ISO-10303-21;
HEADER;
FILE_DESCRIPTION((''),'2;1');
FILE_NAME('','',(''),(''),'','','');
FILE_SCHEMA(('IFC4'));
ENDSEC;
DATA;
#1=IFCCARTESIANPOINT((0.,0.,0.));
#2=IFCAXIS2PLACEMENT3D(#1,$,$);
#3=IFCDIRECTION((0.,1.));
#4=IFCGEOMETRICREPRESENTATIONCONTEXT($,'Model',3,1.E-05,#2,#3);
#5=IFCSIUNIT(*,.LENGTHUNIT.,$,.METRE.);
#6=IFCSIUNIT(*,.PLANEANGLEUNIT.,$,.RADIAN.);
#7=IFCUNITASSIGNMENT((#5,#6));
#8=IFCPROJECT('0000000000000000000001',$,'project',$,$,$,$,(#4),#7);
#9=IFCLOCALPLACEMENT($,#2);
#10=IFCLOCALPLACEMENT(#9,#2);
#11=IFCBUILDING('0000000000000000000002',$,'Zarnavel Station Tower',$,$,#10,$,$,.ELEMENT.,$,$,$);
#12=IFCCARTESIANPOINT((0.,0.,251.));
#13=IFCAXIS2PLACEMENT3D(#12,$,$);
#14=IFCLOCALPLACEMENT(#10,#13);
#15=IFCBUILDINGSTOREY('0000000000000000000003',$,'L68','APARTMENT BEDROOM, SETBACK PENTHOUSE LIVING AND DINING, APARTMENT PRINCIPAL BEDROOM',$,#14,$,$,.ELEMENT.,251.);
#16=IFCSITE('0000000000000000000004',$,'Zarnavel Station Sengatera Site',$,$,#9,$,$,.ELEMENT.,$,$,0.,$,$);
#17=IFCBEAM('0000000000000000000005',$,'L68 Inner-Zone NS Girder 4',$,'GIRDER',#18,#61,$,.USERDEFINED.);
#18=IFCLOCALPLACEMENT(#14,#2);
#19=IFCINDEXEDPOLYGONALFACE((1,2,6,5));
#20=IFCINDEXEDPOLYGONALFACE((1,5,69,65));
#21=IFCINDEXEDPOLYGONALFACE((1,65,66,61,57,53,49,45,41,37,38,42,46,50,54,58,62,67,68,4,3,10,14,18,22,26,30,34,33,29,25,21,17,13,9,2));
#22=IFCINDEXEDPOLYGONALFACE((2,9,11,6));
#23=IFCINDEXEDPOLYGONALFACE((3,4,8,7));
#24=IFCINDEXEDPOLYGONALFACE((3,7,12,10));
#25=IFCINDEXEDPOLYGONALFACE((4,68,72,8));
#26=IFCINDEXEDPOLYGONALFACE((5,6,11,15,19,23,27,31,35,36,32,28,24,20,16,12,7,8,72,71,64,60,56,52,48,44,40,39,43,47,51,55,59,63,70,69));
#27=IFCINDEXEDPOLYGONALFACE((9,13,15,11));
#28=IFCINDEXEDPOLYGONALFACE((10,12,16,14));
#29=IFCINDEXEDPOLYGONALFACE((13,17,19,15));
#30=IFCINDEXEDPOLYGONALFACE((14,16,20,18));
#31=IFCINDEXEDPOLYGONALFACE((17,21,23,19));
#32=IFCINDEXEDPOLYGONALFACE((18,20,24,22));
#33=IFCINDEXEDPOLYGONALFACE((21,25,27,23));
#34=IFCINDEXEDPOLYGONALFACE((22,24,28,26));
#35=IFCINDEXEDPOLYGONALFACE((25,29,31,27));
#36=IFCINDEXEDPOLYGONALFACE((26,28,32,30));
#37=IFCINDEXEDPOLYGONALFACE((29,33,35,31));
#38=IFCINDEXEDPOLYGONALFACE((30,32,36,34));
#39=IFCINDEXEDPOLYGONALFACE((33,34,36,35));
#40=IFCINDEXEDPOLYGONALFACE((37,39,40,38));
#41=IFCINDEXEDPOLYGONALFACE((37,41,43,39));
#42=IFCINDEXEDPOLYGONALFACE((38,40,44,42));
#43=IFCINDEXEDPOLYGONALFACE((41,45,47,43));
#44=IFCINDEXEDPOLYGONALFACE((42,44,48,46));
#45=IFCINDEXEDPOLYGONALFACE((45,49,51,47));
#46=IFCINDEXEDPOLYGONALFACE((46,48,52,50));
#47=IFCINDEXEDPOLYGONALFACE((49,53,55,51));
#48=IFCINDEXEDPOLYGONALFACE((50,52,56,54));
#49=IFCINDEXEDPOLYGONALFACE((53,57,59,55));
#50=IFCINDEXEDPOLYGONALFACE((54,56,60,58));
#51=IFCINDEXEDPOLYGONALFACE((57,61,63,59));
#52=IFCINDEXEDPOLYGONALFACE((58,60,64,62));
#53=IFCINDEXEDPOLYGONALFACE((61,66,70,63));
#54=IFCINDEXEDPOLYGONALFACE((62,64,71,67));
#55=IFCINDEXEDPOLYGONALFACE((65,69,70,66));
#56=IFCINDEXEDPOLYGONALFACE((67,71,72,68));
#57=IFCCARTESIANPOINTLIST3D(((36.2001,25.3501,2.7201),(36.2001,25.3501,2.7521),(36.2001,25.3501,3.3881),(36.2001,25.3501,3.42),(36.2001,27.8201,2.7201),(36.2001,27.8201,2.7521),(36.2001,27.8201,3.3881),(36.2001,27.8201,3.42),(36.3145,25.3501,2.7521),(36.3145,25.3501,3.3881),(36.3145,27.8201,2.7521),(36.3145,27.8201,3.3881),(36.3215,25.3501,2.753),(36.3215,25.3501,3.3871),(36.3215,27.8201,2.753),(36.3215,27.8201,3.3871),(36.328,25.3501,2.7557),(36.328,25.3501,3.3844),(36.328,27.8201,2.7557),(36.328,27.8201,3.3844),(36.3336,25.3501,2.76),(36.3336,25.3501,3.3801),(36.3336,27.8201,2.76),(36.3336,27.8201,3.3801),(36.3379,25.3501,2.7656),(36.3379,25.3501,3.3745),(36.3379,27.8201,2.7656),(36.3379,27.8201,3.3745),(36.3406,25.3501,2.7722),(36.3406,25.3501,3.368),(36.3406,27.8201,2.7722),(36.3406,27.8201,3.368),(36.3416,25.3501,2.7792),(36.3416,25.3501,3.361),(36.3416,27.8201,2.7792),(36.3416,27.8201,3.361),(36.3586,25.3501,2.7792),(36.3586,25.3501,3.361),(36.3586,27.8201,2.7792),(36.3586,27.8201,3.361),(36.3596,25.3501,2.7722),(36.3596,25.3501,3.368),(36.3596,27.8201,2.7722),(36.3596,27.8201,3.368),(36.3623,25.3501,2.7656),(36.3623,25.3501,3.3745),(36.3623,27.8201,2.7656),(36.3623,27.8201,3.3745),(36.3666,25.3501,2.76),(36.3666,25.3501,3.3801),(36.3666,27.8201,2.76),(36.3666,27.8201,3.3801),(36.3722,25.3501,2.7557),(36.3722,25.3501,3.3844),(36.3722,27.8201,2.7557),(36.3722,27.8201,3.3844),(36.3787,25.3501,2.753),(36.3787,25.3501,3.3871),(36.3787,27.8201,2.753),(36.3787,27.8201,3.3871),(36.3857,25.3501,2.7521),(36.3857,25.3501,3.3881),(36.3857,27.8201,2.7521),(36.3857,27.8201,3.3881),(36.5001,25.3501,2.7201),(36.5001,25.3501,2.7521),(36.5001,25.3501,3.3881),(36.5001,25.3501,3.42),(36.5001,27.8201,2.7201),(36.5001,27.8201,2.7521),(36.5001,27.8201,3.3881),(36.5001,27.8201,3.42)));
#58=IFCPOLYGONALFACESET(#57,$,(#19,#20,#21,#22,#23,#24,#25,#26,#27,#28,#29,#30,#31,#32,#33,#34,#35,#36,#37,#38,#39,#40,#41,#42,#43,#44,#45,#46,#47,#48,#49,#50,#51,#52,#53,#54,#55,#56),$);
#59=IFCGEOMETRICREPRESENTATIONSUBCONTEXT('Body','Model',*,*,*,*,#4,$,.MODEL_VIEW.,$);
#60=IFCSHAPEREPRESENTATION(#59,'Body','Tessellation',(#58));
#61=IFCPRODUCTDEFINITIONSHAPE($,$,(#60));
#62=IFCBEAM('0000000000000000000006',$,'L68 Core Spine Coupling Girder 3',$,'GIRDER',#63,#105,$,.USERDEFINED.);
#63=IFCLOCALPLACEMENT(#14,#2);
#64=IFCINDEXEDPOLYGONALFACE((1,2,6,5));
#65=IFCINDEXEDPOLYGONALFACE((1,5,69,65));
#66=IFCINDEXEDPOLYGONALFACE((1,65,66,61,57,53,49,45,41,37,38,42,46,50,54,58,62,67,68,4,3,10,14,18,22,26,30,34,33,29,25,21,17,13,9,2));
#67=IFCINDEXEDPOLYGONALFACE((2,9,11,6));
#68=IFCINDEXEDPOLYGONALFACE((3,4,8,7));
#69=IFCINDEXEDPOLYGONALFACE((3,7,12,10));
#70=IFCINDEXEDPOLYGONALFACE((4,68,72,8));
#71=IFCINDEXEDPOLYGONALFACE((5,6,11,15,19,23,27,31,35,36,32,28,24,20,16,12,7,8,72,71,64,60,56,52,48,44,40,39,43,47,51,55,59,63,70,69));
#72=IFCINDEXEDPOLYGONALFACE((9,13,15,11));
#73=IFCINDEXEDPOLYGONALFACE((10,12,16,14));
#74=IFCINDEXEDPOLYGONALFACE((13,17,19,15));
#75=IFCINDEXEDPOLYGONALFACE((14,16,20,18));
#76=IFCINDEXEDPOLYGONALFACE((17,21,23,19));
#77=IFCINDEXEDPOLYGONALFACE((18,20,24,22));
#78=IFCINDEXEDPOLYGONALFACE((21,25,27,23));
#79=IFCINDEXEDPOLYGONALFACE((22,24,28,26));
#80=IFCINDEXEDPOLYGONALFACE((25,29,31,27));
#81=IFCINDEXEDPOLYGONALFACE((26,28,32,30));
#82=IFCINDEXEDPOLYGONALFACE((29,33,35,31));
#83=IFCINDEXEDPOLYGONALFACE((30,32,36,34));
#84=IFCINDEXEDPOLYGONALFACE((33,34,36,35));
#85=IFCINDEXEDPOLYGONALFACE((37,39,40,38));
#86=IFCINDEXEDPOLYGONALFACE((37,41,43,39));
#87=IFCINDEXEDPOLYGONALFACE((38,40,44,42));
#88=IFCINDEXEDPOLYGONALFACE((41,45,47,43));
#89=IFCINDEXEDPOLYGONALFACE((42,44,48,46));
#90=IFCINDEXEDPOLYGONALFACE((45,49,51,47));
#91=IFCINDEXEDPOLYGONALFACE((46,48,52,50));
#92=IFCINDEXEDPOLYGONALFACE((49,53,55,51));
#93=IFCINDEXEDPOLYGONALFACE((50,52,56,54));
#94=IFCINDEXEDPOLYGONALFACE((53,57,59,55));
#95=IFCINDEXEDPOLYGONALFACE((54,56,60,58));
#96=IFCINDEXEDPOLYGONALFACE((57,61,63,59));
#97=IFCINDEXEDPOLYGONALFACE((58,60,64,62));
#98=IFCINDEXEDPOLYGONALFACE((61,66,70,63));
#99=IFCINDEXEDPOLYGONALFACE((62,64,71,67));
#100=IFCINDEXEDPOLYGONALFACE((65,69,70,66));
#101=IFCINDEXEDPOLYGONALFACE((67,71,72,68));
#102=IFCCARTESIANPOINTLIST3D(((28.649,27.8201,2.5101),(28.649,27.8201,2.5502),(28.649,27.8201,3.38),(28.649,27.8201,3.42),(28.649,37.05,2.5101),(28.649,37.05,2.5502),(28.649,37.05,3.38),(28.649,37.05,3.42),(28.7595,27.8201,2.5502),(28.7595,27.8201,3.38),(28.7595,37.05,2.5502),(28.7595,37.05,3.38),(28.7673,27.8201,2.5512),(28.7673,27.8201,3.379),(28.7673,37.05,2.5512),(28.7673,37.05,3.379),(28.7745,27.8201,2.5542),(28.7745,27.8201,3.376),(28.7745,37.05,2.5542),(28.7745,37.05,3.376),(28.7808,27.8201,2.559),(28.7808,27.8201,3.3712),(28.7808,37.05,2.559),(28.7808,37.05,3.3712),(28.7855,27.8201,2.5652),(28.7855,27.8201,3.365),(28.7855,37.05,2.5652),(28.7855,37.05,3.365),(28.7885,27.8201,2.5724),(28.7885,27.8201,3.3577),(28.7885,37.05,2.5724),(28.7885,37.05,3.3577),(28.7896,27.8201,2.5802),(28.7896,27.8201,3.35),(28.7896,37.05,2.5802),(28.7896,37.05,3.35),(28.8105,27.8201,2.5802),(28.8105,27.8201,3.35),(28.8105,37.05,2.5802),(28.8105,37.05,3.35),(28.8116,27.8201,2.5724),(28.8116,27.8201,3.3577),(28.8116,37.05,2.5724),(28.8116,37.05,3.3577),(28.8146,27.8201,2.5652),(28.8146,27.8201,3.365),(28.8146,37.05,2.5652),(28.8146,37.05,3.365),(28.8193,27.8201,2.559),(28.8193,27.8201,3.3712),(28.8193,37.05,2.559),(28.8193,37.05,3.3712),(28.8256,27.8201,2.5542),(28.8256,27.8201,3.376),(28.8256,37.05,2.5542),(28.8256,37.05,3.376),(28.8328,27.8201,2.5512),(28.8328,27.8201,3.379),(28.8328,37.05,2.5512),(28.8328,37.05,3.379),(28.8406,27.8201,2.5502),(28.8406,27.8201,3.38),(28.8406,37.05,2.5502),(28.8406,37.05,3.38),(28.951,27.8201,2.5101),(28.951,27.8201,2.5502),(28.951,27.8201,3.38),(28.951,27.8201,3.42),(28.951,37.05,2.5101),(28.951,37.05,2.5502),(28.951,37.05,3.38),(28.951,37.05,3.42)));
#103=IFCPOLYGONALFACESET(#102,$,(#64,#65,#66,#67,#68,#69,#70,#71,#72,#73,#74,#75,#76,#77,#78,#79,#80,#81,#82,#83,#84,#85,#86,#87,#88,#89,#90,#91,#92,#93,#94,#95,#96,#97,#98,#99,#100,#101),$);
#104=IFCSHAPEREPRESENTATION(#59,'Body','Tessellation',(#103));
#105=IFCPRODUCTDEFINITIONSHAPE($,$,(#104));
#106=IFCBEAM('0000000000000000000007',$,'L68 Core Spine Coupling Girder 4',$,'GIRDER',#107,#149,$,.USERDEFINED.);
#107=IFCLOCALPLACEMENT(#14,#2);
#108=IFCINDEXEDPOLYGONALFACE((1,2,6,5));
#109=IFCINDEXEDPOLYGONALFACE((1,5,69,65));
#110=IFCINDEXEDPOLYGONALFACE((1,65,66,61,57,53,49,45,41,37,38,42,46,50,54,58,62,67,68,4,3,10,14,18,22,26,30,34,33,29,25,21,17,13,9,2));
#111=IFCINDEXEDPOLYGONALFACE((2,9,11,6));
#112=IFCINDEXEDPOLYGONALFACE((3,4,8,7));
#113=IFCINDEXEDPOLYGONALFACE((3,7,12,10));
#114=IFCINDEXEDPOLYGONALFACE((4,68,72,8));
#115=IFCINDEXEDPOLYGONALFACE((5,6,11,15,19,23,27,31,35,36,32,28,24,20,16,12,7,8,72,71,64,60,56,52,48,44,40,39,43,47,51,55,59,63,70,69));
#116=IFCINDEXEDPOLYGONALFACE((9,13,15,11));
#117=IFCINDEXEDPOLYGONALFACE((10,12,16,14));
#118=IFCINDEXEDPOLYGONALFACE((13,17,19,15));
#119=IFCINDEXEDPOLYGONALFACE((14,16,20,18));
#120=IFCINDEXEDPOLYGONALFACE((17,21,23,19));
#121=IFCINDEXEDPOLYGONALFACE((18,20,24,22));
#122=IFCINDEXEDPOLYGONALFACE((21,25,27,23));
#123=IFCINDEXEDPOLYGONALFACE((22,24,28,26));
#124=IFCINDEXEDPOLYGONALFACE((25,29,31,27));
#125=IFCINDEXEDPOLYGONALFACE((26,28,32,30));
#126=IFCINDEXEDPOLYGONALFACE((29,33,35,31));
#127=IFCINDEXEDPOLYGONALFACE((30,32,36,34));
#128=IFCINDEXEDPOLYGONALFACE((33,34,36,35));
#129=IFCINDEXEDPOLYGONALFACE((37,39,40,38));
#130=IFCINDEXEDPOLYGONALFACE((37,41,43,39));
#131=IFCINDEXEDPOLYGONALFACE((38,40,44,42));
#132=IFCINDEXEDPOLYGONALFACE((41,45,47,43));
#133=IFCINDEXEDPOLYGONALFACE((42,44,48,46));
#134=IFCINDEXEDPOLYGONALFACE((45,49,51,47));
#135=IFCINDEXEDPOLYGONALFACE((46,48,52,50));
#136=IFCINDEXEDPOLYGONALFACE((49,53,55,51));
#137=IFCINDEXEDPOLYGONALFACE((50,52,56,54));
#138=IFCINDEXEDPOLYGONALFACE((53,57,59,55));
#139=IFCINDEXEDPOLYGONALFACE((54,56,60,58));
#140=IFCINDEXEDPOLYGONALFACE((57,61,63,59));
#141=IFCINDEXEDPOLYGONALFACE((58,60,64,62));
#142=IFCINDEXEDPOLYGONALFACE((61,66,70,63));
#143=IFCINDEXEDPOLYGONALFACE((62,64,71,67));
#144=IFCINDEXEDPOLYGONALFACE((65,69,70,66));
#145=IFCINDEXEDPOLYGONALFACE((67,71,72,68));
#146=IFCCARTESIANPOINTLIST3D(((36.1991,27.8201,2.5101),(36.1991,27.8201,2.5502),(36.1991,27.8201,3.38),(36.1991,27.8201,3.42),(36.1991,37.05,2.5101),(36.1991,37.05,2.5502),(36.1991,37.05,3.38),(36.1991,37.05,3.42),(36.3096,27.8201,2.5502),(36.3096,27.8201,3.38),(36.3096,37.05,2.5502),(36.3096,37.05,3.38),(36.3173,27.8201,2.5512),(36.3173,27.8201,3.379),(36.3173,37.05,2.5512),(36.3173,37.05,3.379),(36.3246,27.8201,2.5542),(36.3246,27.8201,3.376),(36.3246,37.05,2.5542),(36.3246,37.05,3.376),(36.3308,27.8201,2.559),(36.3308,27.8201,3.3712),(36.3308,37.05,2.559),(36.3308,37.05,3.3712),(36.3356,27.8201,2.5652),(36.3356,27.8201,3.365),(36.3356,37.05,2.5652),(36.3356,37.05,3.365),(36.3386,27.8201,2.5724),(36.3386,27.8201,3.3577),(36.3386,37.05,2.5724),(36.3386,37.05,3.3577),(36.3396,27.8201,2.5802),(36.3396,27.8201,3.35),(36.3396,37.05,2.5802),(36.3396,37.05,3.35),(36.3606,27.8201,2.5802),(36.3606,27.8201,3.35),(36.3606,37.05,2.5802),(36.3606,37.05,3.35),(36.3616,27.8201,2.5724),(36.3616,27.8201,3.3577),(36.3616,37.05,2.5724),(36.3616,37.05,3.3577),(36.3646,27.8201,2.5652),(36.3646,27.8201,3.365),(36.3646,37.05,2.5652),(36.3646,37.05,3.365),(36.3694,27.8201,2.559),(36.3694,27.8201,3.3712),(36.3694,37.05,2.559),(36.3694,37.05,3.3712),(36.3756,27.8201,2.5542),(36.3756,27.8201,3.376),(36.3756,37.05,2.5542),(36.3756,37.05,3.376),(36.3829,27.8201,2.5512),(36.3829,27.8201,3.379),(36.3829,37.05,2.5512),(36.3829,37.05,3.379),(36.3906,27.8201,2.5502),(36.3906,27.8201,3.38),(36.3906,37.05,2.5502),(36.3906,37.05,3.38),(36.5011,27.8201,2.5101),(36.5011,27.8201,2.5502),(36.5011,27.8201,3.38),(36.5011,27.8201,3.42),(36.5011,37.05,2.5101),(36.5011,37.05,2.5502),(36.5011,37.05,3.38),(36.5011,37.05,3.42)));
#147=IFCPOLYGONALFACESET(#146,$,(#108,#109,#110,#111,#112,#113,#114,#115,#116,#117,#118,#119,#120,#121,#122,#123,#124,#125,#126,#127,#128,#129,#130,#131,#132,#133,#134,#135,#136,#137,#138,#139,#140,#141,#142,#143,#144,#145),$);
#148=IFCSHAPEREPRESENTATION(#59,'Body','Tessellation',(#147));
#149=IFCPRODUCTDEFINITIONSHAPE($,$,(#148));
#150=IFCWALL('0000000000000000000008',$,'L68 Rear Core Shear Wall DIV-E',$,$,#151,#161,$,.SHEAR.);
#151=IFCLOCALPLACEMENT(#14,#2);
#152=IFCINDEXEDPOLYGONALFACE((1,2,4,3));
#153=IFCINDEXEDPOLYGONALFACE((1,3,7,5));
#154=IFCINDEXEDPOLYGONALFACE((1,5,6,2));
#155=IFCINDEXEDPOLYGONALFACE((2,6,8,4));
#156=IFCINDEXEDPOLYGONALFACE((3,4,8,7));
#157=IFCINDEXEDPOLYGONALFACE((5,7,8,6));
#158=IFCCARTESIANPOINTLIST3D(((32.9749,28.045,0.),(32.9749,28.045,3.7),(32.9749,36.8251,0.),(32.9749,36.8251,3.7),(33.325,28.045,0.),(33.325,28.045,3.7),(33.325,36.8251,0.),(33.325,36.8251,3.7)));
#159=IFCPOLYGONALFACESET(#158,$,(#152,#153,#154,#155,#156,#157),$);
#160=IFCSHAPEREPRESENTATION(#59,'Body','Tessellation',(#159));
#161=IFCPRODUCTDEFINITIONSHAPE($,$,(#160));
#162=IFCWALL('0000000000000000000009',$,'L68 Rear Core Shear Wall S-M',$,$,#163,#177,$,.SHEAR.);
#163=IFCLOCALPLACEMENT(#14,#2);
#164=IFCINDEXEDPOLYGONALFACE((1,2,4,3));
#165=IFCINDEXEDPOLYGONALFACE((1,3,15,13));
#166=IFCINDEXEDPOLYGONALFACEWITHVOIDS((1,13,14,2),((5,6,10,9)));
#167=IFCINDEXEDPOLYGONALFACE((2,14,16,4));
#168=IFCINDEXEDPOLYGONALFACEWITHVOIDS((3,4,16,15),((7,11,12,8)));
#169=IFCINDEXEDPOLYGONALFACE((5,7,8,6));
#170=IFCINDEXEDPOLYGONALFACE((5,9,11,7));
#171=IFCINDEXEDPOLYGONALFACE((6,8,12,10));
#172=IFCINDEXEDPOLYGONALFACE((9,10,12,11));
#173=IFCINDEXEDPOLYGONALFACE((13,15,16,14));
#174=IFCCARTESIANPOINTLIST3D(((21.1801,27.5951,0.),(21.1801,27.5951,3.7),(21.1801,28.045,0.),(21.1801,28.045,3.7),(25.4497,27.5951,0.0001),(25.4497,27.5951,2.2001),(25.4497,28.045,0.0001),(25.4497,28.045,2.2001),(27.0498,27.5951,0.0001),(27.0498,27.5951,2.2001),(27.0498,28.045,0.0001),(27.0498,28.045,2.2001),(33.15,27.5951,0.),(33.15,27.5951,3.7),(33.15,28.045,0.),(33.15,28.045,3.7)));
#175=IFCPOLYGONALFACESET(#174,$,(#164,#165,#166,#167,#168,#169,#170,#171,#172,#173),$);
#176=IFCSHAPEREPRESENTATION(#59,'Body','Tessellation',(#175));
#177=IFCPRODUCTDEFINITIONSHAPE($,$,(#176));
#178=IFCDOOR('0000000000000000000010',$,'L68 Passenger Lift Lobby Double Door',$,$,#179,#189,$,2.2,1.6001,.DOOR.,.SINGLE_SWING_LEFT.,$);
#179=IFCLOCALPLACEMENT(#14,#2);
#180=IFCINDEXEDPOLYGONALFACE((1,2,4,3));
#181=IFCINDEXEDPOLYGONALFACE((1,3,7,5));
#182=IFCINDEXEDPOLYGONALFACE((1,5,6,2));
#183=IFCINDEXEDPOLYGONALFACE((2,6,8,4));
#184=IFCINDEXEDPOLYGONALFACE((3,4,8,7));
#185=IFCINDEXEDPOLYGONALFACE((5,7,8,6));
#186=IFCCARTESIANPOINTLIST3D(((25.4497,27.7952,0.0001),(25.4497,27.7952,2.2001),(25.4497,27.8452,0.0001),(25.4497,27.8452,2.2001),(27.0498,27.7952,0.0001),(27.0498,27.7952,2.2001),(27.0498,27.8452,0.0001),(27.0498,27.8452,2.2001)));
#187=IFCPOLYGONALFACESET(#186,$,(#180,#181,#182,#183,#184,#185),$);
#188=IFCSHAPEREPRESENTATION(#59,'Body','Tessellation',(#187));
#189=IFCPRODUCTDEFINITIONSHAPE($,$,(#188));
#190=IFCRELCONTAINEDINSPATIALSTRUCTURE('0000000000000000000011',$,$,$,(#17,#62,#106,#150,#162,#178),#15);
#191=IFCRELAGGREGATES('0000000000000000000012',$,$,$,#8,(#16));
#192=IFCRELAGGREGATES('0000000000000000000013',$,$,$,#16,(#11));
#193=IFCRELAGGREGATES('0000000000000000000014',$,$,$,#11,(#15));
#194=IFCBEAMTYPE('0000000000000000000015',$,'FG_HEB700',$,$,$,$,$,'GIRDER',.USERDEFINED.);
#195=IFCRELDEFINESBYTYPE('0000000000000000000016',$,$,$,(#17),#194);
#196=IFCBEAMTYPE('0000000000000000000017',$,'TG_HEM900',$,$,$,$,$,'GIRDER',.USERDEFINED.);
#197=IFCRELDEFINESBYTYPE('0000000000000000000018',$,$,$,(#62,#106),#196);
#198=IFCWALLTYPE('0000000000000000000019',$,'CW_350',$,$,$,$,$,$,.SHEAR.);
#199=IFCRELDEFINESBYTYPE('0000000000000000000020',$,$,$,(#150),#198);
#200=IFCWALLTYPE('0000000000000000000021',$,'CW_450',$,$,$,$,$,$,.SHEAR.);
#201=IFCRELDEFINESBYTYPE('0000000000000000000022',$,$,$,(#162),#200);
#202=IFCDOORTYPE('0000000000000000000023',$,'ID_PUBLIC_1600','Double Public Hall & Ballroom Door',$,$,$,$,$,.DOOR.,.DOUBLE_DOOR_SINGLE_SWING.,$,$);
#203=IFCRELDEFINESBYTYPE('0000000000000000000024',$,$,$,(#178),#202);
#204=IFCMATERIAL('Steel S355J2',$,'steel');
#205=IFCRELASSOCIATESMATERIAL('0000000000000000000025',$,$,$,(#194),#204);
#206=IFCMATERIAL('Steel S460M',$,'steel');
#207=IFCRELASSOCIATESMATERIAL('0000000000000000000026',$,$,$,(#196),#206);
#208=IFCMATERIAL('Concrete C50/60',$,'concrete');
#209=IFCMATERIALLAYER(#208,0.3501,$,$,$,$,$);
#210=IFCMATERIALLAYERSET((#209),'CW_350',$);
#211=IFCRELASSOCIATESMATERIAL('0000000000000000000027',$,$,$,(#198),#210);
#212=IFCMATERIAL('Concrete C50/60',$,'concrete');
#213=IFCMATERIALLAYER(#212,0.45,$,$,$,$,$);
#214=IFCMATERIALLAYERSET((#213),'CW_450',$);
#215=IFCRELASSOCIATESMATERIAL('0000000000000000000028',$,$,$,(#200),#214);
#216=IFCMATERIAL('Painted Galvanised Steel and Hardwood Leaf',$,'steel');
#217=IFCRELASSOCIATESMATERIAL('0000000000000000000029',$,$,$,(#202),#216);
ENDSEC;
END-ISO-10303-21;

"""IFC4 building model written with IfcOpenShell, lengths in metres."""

from ifc_helpers import new_model, si_unit, direction, frame, frame_2d, origin, origin_2d, place, context, subcontext, project, spatial, rectangle, i_section, extrude, material, layer, layer_set, material_profile, profile_set, type_object, element, fill, save


model = new_model("IFC4")

# Units and contexts
model_context = context("Model", 3, precision=1e-05, world=origin(), true_north=direction((0.0, 1.0)))
body_context = subcontext(model_context, "Body", "Model", "MODEL_VIEW")
ifc_project = project(units=[si_unit("LENGTHUNIT", "METRE"), si_unit("PLANEANGLEUNIT", "RADIAN")], contexts=[model_context])

# Site, building, storey
site_placement = place(None, origin())
site = spatial("IfcSite", under=ifc_project, at=site_placement, Name="Zarnavel Station Sengatera Site", CompositionType="ELEMENT", RefElevation=0.0)
building_placement = place(site_placement, origin())
building = spatial("IfcBuilding", under=site, at=building_placement, Name="Zarnavel Station Tower", CompositionType="ELEMENT")
storey_placement = place(building_placement, frame((0.0, 0.0, 251.0)))
storey = spatial("IfcBuildingStorey", under=building, at=storey_placement, Name="L68", Description="APARTMENT BEDROOM, SETBACK PENTHOUSE LIVING AND DINING, APARTMENT PRINCIPAL BEDROOM", CompositionType="ELEMENT", Elevation=251.0)

# Beams
ifc_material_1 = material(Name="Steel S355J2", Category="steel")
ifc_material_profile_1 = material_profile(ifc_material_1, i_section(OverallWidth=0.3, OverallDepth=0.7, WebThickness=0.0171, FlangeThickness=0.032, FilletRadius=0.0271, at=origin_2d()), Name="HEB700")
ifc_profile_set_1 = profile_set([ifc_material_profile_1], Name="Steel S355J2")
beam_type_1 = type_object("IfcBeamType", Name="FG_HEB700", ElementType="GIRDER", PredefinedType="USERDEFINED", material=ifc_profile_set_1)
beam_1_placement = place(storey_placement, frame((36.3501, 25.3501, 3.0701), z_axis=(0.0, 1.0, 0.0), x_axis=(-1.0, 0.0, 0.0)))
element("IfcBeam", 1, at=beam_1_placement, inside=storey, type_object=beam_type_1, Name="L68 Inner-Zone NS Girder 4", ObjectType="GIRDER", PredefinedType="USERDEFINED", context=body_context, shape_type="SweptSolid", body=[
    extrude(i_section(OverallWidth=0.3, OverallDepth=0.7, WebThickness=0.0171, FlangeThickness=0.032, FilletRadius=0.0271, at=origin_2d()), origin(), (0.0, 0.0, 1.0), 2.47),
])
ifc_material_2 = material(Name="Steel S460M", Category="steel")
ifc_material_profile_2 = material_profile(ifc_material_2, i_section(OverallWidth=0.302, OverallDepth=0.9099, WebThickness=0.021, FlangeThickness=0.04, FilletRadius=0.03, at=origin_2d()), Name="HEM900")
ifc_profile_set_2 = profile_set([ifc_material_profile_2], Name="Steel S460M")
beam_type_2 = type_object("IfcBeamType", Name="TG_HEM900", ElementType="GIRDER", PredefinedType="USERDEFINED", material=ifc_profile_set_2)
for number, where, z_axis, x_axis, name in (
    (2, (28.8, 27.8201, 2.9651), (0.0, 1.0, 0.0), (-1.0, 0.0, 0.0), "L68 Core Spine Coupling Girder 3"),
    (3, (36.3501, 27.8201, 2.9651), (0.0, 1.0, 0.0), (-1.0, 0.0, 0.0), "L68 Core Spine Coupling Girder 4"),
):
    element("IfcBeam", number, at=place(storey_placement, frame(where, z_axis=z_axis, x_axis=x_axis)), inside=storey, type_object=beam_type_2, Name=name, ObjectType="GIRDER", PredefinedType="USERDEFINED", context=body_context, shape_type="SweptSolid", body=[
        extrude(i_section(OverallWidth=0.302, OverallDepth=0.9099, WebThickness=0.021, FlangeThickness=0.04, FilletRadius=0.03, at=origin_2d()), origin(), (0.0, 0.0, 1.0), 9.23),
    ])

# Wall
ifc_material_3 = material(Name="Concrete C50/60", Category="concrete")
ifc_layer_1 = layer(ifc_material_3, 0.3501)
ifc_layer_set_1 = layer_set([ifc_layer_1], Name="CW_350")
wall_type_1 = type_object("IfcWallType", Name="CW_350", PredefinedType="SHEAR", material=ifc_layer_set_1)
wall_1_placement = place(storey_placement, frame((33.1499, 28.0449, 0.0), z_axis=(0.0, 0.0, 1.0), x_axis=(0.0, 1.0, 0.0)))
element("IfcWall", 4, at=wall_1_placement, inside=storey, type_object=wall_type_1, Name="L68 Rear Core Shear Wall DIV-E", PredefinedType="SHEAR", context=body_context, shape_type="SweptSolid", body=[
    extrude(rectangle(XDim=8.78, YDim=0.3501, at=frame_2d((4.3901, 0.0))), origin(), (0.0, 0.0, 1.0), 3.7),
])

# Wall, opening, door
ifc_material_4 = material(Name="Concrete C50/60", Category="concrete")
ifc_layer_2 = layer(ifc_material_4, 0.45)
ifc_layer_set_2 = layer_set([ifc_layer_2], Name="CW_450")
wall_type_2 = type_object("IfcWallType", Name="CW_450", PredefinedType="SHEAR", material=ifc_layer_set_2)
wall_2_placement = place(storey_placement, frame((33.1499, 27.8201, 0.0), z_axis=(0.0, 0.0, 1.0), x_axis=(-1.0, 0.0, 0.0)))
wall_2 = element("IfcWall", 5, at=wall_2_placement, inside=storey, type_object=wall_type_2, Name="L68 Rear Core Shear Wall S-M", PredefinedType="SHEAR", context=body_context, shape_type="SweptSolid", body=[
    extrude(rectangle(XDim=11.97, YDim=0.45, at=frame_2d((5.9849, 0.0))), origin(), (0.0, 0.0, 1.0), 3.7),
])
opening_1_placement = place(wall_2_placement, frame((6.1001, 0.0, 0.0)))
opening_1 = element("IfcOpeningElement", 6, at=opening_1_placement, cuts=wall_2, PredefinedType="OPENING", context=body_context, shape_type="SweptSolid", body=[
    extrude(rectangle(XDim=1.6001, YDim=2.2, at=frame_2d((0.8, 1.1001))), frame((0.0, 0.2349, 0.0), z_axis=(0.0, -1.0, 0.0), x_axis=(1.0, 0.0, 0.0)), (0.0, 0.0, 1.0), 0.47),
])
ifc_material_5 = material(Name="Painted Galvanised Steel and Hardwood Leaf", Category="steel")
door_type_1 = type_object("IfcDoorType", Name="ID_PUBLIC_1600", Description="Double Public Hall & Ballroom Door", OperationType="DOUBLE_DOOR_SINGLE_SWING", PredefinedType="DOOR", material=ifc_material_5)
door_1_placement = place(opening_1_placement, origin())
door_1 = element("IfcDoor", 7, at=door_1_placement, inside=storey, type_object=door_type_1, Name="L68 Passenger Lift Lobby Double Door", OperationType="SINGLE_SWING_LEFT", OverallHeight=2.2, OverallWidth=1.6001, PredefinedType="DOOR", context=body_context, shape_type="SweptSolid", body=[
    extrude(rectangle(XDim=1.6001, YDim=2.2, at=frame_2d((0.8, 1.1001))), frame((0.0, 0.0249, 0.0), z_axis=(0.0, -1.0, 0.0), x_axis=(1.0, 0.0, 0.0)), (0.0, 0.0, 1.0), 0.05),
])
fill(opening_1, door_1)

save(model, "model.ifc")
